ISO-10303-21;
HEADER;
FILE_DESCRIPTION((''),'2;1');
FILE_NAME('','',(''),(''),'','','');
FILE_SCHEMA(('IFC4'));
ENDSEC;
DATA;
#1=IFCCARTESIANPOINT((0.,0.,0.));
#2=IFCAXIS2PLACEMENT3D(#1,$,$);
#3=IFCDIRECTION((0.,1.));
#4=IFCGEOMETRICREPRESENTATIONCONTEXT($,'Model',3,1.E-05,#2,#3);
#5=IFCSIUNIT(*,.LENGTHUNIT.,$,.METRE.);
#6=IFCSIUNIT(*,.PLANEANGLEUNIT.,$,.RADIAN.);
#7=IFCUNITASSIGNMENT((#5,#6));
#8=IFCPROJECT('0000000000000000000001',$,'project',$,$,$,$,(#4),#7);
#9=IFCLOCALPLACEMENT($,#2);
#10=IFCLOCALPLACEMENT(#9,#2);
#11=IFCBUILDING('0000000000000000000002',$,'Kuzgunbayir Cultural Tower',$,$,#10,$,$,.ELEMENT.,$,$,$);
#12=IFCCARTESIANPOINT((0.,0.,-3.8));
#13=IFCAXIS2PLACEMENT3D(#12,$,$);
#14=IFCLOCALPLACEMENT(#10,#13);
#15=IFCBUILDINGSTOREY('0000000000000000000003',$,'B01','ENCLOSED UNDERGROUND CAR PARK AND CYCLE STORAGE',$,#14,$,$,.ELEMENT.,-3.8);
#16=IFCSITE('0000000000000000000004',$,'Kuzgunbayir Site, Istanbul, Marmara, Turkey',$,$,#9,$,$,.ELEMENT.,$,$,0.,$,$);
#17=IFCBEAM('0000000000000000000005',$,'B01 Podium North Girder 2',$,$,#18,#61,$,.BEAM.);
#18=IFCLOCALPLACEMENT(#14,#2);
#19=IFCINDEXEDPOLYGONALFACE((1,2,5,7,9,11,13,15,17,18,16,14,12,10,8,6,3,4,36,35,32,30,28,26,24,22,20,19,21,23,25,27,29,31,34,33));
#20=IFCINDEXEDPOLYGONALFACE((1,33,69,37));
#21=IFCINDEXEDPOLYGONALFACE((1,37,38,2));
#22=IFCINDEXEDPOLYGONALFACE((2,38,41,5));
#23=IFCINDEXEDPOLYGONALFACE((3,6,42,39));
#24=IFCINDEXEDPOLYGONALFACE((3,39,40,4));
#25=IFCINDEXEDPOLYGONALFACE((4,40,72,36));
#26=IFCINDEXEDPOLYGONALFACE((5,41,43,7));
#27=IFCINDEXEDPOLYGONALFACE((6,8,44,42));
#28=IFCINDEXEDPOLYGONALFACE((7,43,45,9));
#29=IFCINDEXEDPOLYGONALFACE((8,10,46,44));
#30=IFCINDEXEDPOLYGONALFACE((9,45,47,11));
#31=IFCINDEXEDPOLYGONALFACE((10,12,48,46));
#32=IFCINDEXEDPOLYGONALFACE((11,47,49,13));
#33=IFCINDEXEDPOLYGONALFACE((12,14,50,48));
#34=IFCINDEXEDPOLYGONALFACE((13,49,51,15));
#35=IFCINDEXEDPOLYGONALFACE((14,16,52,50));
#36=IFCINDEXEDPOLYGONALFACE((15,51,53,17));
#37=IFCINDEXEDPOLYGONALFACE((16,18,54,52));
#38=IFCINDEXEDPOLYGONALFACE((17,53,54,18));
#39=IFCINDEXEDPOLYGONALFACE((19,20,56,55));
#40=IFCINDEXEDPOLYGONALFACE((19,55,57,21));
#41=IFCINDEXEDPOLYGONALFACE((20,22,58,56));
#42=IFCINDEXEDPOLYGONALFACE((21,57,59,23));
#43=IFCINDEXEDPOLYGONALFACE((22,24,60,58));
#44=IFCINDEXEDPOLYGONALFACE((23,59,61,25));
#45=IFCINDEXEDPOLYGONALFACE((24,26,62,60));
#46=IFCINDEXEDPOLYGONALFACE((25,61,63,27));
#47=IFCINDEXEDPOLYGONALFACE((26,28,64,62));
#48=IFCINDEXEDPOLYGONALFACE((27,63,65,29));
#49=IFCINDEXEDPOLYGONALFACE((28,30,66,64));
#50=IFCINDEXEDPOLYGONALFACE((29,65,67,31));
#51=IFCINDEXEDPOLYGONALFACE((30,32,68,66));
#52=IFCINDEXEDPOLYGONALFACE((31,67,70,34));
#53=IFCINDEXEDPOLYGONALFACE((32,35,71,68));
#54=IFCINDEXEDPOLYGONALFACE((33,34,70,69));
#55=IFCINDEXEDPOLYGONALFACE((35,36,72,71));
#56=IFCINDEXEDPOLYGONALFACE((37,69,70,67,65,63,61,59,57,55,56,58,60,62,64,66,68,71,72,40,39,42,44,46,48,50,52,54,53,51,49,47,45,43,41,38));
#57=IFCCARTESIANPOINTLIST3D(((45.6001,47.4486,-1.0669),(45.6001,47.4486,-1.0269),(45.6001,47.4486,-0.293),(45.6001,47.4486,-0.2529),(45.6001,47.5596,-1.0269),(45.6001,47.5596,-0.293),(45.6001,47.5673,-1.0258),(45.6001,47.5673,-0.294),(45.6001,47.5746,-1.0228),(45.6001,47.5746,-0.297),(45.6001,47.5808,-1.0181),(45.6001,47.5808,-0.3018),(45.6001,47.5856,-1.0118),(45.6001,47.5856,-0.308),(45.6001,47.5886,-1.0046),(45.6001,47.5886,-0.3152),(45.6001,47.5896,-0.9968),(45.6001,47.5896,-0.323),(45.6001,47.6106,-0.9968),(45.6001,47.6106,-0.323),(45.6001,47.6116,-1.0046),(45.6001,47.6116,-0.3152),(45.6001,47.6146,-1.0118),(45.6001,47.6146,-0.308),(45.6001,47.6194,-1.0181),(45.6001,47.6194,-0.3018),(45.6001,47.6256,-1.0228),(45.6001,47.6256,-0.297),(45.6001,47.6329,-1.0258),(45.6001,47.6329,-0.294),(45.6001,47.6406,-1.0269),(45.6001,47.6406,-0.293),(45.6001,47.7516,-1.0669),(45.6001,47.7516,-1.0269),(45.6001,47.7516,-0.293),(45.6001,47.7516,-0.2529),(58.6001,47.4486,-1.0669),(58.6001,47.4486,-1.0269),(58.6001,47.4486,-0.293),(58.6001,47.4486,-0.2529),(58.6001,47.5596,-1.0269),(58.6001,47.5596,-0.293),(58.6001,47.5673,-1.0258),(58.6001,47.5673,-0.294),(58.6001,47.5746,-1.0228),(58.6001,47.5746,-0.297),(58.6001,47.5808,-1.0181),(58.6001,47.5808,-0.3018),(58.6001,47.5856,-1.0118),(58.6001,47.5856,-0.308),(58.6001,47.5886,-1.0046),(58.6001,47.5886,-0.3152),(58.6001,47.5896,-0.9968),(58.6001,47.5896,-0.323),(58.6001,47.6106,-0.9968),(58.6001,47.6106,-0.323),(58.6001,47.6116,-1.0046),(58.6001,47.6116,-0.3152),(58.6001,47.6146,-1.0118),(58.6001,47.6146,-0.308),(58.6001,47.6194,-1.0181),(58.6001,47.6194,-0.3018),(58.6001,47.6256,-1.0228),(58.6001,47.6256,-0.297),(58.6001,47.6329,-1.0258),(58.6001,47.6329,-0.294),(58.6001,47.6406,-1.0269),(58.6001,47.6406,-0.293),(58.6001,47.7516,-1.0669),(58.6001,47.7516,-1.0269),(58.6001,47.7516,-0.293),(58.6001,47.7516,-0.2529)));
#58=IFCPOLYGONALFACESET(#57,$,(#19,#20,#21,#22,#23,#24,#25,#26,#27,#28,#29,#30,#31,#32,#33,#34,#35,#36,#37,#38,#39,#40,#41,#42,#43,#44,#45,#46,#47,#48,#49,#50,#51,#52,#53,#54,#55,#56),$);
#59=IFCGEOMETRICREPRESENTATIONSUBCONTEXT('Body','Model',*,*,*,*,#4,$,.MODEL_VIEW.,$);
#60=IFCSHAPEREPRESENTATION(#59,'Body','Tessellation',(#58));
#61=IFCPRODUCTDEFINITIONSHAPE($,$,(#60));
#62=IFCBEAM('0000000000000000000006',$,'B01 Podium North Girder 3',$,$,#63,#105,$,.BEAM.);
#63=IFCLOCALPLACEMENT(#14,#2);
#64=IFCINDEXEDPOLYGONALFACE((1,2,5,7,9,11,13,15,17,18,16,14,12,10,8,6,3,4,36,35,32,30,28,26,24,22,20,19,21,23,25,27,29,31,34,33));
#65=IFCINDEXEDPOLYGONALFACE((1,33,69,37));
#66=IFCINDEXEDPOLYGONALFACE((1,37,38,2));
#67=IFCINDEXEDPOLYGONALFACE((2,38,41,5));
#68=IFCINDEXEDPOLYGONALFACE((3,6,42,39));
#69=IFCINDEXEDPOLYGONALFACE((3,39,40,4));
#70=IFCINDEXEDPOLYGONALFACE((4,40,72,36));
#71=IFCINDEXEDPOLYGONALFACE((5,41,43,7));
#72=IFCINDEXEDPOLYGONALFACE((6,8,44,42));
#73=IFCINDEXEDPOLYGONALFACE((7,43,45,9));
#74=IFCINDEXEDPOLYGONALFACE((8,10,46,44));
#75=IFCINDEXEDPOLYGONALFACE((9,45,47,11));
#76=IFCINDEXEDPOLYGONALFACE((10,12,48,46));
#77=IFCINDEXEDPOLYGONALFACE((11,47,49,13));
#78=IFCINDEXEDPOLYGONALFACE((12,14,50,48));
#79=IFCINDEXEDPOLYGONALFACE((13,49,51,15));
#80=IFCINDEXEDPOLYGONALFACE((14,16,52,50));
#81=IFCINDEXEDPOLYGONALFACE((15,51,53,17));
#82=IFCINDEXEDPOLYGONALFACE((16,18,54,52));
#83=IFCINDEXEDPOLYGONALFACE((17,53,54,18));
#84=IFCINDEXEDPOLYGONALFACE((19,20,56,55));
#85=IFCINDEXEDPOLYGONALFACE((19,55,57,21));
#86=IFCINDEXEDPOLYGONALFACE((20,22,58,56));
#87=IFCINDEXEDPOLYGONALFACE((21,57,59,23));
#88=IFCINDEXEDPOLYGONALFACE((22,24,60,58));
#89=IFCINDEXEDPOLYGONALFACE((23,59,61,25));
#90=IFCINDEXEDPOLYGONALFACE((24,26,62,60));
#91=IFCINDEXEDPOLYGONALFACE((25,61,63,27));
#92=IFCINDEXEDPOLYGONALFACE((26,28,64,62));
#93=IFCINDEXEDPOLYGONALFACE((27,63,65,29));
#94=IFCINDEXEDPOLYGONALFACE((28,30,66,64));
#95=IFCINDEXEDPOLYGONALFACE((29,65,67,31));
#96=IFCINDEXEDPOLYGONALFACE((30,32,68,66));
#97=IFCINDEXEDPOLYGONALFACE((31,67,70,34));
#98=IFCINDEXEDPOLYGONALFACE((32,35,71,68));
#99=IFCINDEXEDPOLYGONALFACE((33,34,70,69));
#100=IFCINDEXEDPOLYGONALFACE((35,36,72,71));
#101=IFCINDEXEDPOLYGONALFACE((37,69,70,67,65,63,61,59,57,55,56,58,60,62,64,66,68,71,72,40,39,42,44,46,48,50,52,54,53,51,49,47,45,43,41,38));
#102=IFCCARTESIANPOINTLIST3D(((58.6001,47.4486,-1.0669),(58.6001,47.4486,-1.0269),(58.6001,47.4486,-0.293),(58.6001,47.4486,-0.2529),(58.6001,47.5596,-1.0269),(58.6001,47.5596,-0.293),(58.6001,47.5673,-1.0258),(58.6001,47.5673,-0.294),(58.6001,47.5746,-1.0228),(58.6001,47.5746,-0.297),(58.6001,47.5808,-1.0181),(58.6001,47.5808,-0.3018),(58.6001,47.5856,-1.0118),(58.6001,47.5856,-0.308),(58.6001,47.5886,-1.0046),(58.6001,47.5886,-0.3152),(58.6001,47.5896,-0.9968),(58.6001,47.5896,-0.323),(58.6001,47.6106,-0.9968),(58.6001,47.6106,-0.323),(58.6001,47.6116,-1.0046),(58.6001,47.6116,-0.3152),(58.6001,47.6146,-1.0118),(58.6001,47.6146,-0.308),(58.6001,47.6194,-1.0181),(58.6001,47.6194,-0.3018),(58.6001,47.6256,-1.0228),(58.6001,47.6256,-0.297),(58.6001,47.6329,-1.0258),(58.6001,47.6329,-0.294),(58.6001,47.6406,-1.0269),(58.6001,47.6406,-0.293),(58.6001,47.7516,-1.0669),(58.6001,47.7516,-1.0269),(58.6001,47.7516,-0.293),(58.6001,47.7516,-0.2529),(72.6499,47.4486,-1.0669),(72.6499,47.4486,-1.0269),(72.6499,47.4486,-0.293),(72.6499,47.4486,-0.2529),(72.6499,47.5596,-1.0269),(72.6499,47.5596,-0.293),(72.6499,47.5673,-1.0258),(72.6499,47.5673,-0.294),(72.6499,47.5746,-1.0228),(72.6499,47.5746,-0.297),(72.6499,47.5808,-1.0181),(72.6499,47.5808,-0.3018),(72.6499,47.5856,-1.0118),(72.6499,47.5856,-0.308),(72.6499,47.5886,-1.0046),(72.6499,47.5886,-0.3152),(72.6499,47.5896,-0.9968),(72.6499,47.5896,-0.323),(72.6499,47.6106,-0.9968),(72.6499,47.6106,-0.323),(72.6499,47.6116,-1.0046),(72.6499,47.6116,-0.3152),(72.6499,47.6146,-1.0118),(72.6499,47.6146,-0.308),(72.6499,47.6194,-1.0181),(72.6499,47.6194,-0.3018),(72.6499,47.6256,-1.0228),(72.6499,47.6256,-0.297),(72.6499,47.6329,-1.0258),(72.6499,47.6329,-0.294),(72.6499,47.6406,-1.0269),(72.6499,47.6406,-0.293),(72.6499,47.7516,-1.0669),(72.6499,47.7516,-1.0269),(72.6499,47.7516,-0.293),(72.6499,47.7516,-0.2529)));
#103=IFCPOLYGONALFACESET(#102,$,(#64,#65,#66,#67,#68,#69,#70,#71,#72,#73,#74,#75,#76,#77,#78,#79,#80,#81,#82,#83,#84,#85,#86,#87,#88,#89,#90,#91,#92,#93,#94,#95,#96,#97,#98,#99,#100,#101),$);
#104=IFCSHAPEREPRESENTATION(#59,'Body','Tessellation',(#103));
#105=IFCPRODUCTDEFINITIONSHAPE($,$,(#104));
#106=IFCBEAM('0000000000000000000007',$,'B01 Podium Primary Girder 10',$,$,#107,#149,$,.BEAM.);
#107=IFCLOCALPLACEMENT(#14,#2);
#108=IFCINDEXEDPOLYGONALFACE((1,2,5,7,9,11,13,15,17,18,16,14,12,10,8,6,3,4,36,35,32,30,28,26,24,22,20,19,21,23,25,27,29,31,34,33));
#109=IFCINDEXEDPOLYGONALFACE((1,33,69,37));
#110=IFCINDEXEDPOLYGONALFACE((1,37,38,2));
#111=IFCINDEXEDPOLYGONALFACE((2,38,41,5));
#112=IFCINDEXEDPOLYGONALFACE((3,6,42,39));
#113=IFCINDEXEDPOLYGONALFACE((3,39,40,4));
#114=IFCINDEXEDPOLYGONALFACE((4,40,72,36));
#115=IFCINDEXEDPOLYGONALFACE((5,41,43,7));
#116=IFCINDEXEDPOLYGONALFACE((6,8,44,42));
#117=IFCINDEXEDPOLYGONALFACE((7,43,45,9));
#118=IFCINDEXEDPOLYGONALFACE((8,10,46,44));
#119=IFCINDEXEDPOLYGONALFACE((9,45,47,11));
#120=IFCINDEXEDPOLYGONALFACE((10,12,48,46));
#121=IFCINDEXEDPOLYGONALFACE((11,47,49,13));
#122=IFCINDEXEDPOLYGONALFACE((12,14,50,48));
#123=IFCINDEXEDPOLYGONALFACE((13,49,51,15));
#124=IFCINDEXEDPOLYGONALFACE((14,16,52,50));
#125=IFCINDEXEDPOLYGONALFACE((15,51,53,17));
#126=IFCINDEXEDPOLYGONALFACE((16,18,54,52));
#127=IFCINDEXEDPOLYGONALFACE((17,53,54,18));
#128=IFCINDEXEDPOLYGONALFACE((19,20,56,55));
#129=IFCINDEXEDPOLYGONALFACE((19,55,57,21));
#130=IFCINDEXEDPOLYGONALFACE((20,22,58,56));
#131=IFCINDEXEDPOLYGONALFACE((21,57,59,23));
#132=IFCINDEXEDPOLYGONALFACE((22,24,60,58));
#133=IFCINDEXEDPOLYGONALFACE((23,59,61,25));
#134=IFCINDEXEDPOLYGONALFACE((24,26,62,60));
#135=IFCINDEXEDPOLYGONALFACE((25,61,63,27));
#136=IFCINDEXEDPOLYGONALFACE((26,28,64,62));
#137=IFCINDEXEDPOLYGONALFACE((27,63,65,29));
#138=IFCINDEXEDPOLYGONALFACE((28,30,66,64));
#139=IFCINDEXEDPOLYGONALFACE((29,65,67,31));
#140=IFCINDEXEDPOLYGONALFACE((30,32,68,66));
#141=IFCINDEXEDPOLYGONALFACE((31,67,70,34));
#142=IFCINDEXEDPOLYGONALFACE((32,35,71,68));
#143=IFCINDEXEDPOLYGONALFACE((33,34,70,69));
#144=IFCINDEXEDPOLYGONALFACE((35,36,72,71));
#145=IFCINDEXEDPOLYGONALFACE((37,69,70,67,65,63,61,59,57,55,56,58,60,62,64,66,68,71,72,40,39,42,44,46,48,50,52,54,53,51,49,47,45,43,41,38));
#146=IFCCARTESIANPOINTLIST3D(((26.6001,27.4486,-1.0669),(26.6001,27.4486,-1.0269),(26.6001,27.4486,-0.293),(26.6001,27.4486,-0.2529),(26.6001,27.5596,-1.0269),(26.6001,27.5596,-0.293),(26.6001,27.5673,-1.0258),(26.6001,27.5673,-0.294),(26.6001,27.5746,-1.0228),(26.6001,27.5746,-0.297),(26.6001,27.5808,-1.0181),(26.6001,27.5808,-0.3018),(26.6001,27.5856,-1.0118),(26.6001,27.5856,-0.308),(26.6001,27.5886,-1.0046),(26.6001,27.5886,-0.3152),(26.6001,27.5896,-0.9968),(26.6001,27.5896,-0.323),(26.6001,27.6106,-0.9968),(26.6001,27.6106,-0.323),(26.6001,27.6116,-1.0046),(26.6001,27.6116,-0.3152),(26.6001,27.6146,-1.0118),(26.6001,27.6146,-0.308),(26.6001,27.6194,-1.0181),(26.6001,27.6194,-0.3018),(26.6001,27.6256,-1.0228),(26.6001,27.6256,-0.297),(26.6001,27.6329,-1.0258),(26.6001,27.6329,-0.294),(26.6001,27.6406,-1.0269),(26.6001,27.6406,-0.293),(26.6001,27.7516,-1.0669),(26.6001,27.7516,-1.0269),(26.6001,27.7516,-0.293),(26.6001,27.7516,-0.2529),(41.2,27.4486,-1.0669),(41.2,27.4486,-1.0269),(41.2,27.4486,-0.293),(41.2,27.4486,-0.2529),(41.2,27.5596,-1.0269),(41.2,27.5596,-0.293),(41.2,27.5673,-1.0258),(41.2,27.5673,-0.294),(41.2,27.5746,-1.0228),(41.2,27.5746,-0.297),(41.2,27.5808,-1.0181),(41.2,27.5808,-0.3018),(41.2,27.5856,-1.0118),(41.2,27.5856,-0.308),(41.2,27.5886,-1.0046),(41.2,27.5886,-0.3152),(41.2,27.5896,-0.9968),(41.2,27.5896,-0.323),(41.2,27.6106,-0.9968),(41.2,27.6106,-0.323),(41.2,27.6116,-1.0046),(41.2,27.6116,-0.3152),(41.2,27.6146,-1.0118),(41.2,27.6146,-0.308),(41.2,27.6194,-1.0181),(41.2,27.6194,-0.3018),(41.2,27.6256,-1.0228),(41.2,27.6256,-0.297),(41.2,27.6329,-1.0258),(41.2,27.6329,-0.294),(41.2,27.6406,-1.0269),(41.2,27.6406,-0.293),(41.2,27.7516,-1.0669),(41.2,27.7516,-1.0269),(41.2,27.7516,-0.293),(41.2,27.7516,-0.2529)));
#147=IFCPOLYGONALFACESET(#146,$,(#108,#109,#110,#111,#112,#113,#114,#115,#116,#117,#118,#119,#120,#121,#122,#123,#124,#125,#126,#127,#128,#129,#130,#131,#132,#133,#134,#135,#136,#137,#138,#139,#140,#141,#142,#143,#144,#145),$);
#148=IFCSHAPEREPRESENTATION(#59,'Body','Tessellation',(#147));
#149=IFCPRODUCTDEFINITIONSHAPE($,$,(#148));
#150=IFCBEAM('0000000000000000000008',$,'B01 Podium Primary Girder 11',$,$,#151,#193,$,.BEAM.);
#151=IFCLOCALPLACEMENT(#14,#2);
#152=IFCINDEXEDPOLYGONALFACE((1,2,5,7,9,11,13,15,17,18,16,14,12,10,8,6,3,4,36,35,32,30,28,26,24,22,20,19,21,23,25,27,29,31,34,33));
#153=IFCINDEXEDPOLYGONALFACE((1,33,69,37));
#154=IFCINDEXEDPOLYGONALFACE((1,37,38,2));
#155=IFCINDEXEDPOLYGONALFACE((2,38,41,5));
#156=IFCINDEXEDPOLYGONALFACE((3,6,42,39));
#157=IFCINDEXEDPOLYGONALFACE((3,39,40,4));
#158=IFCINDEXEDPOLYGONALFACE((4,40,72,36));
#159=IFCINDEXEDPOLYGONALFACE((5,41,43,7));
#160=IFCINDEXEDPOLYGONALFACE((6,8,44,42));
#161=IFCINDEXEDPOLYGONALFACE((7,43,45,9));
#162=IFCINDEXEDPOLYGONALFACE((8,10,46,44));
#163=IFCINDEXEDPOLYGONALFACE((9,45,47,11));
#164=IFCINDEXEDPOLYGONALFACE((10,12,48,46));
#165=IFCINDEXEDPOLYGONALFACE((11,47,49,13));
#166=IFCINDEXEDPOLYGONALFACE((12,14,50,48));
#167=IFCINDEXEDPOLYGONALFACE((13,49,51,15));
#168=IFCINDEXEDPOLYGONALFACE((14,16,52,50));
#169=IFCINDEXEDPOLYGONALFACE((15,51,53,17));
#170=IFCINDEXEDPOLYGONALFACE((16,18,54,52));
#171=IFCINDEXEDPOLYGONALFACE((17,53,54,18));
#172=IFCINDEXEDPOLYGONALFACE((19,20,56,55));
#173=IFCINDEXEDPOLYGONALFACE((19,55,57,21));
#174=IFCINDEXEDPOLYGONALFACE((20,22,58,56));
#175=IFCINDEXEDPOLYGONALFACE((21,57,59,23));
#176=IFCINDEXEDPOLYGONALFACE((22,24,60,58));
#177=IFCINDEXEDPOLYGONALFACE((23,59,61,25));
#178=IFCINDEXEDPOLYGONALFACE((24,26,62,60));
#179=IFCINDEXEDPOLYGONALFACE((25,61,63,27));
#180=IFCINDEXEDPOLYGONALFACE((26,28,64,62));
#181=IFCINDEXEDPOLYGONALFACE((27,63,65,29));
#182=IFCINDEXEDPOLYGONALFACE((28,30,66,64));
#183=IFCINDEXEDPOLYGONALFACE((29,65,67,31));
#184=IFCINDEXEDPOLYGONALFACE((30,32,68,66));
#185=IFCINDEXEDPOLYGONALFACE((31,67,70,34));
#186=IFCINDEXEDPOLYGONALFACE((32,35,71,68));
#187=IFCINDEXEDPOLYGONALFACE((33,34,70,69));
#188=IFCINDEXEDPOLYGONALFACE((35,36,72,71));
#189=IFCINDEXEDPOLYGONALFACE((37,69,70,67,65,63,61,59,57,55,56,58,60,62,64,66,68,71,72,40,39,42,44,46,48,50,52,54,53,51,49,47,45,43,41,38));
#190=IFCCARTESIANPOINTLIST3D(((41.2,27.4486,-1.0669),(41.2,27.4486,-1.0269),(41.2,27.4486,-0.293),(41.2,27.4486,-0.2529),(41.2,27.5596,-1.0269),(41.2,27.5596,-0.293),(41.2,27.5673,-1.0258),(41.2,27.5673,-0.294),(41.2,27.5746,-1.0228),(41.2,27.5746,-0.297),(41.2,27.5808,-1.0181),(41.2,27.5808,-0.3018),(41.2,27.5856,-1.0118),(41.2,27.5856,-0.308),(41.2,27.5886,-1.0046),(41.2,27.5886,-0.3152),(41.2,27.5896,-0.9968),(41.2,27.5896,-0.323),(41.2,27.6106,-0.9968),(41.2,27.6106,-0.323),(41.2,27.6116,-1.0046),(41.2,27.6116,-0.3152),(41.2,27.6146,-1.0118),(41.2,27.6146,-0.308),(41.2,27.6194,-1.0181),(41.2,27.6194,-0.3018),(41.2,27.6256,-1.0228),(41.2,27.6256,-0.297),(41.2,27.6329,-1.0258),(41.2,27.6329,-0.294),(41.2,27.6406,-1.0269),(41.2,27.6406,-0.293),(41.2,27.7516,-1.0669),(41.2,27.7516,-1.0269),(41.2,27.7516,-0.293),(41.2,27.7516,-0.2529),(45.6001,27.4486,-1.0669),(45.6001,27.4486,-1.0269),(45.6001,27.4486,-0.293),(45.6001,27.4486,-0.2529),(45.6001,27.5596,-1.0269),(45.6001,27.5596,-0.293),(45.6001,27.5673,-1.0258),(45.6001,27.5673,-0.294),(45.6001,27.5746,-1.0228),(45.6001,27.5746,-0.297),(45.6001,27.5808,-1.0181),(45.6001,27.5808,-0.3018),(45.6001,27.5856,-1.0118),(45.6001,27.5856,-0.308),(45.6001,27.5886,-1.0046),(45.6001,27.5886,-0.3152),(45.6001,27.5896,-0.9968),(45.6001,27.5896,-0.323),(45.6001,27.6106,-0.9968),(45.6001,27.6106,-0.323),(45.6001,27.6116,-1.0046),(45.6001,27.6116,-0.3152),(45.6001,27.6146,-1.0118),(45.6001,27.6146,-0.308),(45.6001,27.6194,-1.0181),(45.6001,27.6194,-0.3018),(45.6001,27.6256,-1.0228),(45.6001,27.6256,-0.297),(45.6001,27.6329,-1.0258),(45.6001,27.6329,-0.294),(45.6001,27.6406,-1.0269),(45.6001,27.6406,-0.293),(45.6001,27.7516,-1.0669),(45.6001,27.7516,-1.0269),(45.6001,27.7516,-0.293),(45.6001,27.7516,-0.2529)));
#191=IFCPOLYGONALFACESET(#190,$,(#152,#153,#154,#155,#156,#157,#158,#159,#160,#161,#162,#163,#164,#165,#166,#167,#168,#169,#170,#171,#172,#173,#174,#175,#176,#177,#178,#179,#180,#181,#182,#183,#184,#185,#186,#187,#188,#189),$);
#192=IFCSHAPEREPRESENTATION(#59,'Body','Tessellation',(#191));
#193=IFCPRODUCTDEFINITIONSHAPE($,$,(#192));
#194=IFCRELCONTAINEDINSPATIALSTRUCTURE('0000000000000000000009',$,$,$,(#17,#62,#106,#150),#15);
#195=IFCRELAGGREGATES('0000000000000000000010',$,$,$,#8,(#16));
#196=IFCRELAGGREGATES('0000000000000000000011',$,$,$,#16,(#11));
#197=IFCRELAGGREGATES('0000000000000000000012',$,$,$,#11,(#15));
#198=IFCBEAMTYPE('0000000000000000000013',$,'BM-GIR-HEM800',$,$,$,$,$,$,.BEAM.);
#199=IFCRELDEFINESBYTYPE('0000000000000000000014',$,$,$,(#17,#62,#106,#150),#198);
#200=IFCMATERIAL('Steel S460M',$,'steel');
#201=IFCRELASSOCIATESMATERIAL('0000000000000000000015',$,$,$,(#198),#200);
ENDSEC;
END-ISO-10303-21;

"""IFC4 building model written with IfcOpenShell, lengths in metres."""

from ifc_helpers import new_model, si_unit, direction, frame, origin, origin_2d, place, context, subcontext, project, spatial, i_section, extrude, material, material_profile, profile_set, type_object, element, save


model = new_model("IFC4")

# Units and contexts
model_context = context("Model", 3, precision=1e-05, world=origin(), true_north=direction((0.0, 1.0)))
body_context = subcontext(model_context, "Body", "Model", "MODEL_VIEW")
ifc_project = project(units=[si_unit("LENGTHUNIT", "METRE"), si_unit("PLANEANGLEUNIT", "RADIAN")], contexts=[model_context])

# Site, building, storey
site_placement = place(None, origin())
site = spatial("IfcSite", under=ifc_project, at=site_placement, Name="Kuzgunbayir Site, Istanbul, Marmara, Turkey", CompositionType="ELEMENT", RefElevation=0.0)
building_placement = place(site_placement, origin())
building = spatial("IfcBuilding", under=site, at=building_placement, Name="Kuzgunbayir Cultural Tower", CompositionType="ELEMENT")
storey_placement = place(building_placement, frame((0.0, 0.0, -3.8)))
storey = spatial("IfcBuildingStorey", under=building, at=storey_placement, Name="B01", Description="ENCLOSED UNDERGROUND CAR PARK AND CYCLE STORAGE", CompositionType="ELEMENT", Elevation=-3.8)

# Beams
ifc_material_1 = material(Name="Steel S460M", Category="steel")
ifc_material_profile_1 = material_profile(ifc_material_1, i_section(OverallWidth=0.303, OverallDepth=0.814, WebThickness=0.021, FlangeThickness=0.04, FilletRadius=0.03, at=origin_2d()), Name="HEM 800")
ifc_profile_set_1 = profile_set([ifc_material_profile_1], Name="Steel S460M")
beam_type = type_object("IfcBeamType", Name="BM-GIR-HEM800", PredefinedType="BEAM", material=ifc_profile_set_1)
beam_1_placement = place(storey_placement, frame((45.6001, 47.6001, -0.6599), z_axis=(1.0, 0.0, 0.0), x_axis=(0.0, 1.0, 0.0)))
element("IfcBeam", 1, at=beam_1_placement, inside=storey, type_object=beam_type, Name="B01 Podium North Girder 2", PredefinedType="BEAM", context=body_context, shape_type="SweptSolid", body=[
    extrude(i_section(OverallWidth=0.303, OverallDepth=0.814, WebThickness=0.021, FlangeThickness=0.04, FilletRadius=0.03, at=origin_2d()), origin(), (0.0, 0.0, 1.0), 13.0),
])
beam_2_placement = place(storey_placement, frame((58.6001, 47.6001, -0.6599), z_axis=(1.0, 0.0, 0.0), x_axis=(0.0, 1.0, 0.0)))
element("IfcBeam", 2, at=beam_2_placement, inside=storey, type_object=beam_type, Name="B01 Podium North Girder 3", PredefinedType="BEAM", context=body_context, shape_type="SweptSolid", body=[
    extrude(i_section(OverallWidth=0.303, OverallDepth=0.814, WebThickness=0.021, FlangeThickness=0.04, FilletRadius=0.03, at=origin_2d()), origin(), (0.0, 0.0, 1.0), 14.0498),
])
beam_3_placement = place(storey_placement, frame((26.6001, 27.6001, -0.6599), z_axis=(1.0, 0.0, 0.0), x_axis=(0.0, 1.0, 0.0)))
element("IfcBeam", 3, at=beam_3_placement, inside=storey, type_object=beam_type, Name="B01 Podium Primary Girder 10", PredefinedType="BEAM", context=body_context, shape_type="SweptSolid", body=[
    extrude(i_section(OverallWidth=0.303, OverallDepth=0.814, WebThickness=0.021, FlangeThickness=0.04, FilletRadius=0.03, at=origin_2d()), origin(), (0.0, 0.0, 1.0), 14.5999),
])
beam_4_placement = place(storey_placement, frame((41.2, 27.6001, -0.6599), z_axis=(1.0, 0.0, 0.0), x_axis=(0.0, 1.0, 0.0)))
element("IfcBeam", 4, at=beam_4_placement, inside=storey, type_object=beam_type, Name="B01 Podium Primary Girder 11", PredefinedType="BEAM", context=body_context, shape_type="SweptSolid", body=[
    extrude(i_section(OverallWidth=0.303, OverallDepth=0.814, WebThickness=0.021, FlangeThickness=0.04, FilletRadius=0.03, at=origin_2d()), origin(), (0.0, 0.0, 1.0), 4.4001),
])

save(model, "model.ifc")
